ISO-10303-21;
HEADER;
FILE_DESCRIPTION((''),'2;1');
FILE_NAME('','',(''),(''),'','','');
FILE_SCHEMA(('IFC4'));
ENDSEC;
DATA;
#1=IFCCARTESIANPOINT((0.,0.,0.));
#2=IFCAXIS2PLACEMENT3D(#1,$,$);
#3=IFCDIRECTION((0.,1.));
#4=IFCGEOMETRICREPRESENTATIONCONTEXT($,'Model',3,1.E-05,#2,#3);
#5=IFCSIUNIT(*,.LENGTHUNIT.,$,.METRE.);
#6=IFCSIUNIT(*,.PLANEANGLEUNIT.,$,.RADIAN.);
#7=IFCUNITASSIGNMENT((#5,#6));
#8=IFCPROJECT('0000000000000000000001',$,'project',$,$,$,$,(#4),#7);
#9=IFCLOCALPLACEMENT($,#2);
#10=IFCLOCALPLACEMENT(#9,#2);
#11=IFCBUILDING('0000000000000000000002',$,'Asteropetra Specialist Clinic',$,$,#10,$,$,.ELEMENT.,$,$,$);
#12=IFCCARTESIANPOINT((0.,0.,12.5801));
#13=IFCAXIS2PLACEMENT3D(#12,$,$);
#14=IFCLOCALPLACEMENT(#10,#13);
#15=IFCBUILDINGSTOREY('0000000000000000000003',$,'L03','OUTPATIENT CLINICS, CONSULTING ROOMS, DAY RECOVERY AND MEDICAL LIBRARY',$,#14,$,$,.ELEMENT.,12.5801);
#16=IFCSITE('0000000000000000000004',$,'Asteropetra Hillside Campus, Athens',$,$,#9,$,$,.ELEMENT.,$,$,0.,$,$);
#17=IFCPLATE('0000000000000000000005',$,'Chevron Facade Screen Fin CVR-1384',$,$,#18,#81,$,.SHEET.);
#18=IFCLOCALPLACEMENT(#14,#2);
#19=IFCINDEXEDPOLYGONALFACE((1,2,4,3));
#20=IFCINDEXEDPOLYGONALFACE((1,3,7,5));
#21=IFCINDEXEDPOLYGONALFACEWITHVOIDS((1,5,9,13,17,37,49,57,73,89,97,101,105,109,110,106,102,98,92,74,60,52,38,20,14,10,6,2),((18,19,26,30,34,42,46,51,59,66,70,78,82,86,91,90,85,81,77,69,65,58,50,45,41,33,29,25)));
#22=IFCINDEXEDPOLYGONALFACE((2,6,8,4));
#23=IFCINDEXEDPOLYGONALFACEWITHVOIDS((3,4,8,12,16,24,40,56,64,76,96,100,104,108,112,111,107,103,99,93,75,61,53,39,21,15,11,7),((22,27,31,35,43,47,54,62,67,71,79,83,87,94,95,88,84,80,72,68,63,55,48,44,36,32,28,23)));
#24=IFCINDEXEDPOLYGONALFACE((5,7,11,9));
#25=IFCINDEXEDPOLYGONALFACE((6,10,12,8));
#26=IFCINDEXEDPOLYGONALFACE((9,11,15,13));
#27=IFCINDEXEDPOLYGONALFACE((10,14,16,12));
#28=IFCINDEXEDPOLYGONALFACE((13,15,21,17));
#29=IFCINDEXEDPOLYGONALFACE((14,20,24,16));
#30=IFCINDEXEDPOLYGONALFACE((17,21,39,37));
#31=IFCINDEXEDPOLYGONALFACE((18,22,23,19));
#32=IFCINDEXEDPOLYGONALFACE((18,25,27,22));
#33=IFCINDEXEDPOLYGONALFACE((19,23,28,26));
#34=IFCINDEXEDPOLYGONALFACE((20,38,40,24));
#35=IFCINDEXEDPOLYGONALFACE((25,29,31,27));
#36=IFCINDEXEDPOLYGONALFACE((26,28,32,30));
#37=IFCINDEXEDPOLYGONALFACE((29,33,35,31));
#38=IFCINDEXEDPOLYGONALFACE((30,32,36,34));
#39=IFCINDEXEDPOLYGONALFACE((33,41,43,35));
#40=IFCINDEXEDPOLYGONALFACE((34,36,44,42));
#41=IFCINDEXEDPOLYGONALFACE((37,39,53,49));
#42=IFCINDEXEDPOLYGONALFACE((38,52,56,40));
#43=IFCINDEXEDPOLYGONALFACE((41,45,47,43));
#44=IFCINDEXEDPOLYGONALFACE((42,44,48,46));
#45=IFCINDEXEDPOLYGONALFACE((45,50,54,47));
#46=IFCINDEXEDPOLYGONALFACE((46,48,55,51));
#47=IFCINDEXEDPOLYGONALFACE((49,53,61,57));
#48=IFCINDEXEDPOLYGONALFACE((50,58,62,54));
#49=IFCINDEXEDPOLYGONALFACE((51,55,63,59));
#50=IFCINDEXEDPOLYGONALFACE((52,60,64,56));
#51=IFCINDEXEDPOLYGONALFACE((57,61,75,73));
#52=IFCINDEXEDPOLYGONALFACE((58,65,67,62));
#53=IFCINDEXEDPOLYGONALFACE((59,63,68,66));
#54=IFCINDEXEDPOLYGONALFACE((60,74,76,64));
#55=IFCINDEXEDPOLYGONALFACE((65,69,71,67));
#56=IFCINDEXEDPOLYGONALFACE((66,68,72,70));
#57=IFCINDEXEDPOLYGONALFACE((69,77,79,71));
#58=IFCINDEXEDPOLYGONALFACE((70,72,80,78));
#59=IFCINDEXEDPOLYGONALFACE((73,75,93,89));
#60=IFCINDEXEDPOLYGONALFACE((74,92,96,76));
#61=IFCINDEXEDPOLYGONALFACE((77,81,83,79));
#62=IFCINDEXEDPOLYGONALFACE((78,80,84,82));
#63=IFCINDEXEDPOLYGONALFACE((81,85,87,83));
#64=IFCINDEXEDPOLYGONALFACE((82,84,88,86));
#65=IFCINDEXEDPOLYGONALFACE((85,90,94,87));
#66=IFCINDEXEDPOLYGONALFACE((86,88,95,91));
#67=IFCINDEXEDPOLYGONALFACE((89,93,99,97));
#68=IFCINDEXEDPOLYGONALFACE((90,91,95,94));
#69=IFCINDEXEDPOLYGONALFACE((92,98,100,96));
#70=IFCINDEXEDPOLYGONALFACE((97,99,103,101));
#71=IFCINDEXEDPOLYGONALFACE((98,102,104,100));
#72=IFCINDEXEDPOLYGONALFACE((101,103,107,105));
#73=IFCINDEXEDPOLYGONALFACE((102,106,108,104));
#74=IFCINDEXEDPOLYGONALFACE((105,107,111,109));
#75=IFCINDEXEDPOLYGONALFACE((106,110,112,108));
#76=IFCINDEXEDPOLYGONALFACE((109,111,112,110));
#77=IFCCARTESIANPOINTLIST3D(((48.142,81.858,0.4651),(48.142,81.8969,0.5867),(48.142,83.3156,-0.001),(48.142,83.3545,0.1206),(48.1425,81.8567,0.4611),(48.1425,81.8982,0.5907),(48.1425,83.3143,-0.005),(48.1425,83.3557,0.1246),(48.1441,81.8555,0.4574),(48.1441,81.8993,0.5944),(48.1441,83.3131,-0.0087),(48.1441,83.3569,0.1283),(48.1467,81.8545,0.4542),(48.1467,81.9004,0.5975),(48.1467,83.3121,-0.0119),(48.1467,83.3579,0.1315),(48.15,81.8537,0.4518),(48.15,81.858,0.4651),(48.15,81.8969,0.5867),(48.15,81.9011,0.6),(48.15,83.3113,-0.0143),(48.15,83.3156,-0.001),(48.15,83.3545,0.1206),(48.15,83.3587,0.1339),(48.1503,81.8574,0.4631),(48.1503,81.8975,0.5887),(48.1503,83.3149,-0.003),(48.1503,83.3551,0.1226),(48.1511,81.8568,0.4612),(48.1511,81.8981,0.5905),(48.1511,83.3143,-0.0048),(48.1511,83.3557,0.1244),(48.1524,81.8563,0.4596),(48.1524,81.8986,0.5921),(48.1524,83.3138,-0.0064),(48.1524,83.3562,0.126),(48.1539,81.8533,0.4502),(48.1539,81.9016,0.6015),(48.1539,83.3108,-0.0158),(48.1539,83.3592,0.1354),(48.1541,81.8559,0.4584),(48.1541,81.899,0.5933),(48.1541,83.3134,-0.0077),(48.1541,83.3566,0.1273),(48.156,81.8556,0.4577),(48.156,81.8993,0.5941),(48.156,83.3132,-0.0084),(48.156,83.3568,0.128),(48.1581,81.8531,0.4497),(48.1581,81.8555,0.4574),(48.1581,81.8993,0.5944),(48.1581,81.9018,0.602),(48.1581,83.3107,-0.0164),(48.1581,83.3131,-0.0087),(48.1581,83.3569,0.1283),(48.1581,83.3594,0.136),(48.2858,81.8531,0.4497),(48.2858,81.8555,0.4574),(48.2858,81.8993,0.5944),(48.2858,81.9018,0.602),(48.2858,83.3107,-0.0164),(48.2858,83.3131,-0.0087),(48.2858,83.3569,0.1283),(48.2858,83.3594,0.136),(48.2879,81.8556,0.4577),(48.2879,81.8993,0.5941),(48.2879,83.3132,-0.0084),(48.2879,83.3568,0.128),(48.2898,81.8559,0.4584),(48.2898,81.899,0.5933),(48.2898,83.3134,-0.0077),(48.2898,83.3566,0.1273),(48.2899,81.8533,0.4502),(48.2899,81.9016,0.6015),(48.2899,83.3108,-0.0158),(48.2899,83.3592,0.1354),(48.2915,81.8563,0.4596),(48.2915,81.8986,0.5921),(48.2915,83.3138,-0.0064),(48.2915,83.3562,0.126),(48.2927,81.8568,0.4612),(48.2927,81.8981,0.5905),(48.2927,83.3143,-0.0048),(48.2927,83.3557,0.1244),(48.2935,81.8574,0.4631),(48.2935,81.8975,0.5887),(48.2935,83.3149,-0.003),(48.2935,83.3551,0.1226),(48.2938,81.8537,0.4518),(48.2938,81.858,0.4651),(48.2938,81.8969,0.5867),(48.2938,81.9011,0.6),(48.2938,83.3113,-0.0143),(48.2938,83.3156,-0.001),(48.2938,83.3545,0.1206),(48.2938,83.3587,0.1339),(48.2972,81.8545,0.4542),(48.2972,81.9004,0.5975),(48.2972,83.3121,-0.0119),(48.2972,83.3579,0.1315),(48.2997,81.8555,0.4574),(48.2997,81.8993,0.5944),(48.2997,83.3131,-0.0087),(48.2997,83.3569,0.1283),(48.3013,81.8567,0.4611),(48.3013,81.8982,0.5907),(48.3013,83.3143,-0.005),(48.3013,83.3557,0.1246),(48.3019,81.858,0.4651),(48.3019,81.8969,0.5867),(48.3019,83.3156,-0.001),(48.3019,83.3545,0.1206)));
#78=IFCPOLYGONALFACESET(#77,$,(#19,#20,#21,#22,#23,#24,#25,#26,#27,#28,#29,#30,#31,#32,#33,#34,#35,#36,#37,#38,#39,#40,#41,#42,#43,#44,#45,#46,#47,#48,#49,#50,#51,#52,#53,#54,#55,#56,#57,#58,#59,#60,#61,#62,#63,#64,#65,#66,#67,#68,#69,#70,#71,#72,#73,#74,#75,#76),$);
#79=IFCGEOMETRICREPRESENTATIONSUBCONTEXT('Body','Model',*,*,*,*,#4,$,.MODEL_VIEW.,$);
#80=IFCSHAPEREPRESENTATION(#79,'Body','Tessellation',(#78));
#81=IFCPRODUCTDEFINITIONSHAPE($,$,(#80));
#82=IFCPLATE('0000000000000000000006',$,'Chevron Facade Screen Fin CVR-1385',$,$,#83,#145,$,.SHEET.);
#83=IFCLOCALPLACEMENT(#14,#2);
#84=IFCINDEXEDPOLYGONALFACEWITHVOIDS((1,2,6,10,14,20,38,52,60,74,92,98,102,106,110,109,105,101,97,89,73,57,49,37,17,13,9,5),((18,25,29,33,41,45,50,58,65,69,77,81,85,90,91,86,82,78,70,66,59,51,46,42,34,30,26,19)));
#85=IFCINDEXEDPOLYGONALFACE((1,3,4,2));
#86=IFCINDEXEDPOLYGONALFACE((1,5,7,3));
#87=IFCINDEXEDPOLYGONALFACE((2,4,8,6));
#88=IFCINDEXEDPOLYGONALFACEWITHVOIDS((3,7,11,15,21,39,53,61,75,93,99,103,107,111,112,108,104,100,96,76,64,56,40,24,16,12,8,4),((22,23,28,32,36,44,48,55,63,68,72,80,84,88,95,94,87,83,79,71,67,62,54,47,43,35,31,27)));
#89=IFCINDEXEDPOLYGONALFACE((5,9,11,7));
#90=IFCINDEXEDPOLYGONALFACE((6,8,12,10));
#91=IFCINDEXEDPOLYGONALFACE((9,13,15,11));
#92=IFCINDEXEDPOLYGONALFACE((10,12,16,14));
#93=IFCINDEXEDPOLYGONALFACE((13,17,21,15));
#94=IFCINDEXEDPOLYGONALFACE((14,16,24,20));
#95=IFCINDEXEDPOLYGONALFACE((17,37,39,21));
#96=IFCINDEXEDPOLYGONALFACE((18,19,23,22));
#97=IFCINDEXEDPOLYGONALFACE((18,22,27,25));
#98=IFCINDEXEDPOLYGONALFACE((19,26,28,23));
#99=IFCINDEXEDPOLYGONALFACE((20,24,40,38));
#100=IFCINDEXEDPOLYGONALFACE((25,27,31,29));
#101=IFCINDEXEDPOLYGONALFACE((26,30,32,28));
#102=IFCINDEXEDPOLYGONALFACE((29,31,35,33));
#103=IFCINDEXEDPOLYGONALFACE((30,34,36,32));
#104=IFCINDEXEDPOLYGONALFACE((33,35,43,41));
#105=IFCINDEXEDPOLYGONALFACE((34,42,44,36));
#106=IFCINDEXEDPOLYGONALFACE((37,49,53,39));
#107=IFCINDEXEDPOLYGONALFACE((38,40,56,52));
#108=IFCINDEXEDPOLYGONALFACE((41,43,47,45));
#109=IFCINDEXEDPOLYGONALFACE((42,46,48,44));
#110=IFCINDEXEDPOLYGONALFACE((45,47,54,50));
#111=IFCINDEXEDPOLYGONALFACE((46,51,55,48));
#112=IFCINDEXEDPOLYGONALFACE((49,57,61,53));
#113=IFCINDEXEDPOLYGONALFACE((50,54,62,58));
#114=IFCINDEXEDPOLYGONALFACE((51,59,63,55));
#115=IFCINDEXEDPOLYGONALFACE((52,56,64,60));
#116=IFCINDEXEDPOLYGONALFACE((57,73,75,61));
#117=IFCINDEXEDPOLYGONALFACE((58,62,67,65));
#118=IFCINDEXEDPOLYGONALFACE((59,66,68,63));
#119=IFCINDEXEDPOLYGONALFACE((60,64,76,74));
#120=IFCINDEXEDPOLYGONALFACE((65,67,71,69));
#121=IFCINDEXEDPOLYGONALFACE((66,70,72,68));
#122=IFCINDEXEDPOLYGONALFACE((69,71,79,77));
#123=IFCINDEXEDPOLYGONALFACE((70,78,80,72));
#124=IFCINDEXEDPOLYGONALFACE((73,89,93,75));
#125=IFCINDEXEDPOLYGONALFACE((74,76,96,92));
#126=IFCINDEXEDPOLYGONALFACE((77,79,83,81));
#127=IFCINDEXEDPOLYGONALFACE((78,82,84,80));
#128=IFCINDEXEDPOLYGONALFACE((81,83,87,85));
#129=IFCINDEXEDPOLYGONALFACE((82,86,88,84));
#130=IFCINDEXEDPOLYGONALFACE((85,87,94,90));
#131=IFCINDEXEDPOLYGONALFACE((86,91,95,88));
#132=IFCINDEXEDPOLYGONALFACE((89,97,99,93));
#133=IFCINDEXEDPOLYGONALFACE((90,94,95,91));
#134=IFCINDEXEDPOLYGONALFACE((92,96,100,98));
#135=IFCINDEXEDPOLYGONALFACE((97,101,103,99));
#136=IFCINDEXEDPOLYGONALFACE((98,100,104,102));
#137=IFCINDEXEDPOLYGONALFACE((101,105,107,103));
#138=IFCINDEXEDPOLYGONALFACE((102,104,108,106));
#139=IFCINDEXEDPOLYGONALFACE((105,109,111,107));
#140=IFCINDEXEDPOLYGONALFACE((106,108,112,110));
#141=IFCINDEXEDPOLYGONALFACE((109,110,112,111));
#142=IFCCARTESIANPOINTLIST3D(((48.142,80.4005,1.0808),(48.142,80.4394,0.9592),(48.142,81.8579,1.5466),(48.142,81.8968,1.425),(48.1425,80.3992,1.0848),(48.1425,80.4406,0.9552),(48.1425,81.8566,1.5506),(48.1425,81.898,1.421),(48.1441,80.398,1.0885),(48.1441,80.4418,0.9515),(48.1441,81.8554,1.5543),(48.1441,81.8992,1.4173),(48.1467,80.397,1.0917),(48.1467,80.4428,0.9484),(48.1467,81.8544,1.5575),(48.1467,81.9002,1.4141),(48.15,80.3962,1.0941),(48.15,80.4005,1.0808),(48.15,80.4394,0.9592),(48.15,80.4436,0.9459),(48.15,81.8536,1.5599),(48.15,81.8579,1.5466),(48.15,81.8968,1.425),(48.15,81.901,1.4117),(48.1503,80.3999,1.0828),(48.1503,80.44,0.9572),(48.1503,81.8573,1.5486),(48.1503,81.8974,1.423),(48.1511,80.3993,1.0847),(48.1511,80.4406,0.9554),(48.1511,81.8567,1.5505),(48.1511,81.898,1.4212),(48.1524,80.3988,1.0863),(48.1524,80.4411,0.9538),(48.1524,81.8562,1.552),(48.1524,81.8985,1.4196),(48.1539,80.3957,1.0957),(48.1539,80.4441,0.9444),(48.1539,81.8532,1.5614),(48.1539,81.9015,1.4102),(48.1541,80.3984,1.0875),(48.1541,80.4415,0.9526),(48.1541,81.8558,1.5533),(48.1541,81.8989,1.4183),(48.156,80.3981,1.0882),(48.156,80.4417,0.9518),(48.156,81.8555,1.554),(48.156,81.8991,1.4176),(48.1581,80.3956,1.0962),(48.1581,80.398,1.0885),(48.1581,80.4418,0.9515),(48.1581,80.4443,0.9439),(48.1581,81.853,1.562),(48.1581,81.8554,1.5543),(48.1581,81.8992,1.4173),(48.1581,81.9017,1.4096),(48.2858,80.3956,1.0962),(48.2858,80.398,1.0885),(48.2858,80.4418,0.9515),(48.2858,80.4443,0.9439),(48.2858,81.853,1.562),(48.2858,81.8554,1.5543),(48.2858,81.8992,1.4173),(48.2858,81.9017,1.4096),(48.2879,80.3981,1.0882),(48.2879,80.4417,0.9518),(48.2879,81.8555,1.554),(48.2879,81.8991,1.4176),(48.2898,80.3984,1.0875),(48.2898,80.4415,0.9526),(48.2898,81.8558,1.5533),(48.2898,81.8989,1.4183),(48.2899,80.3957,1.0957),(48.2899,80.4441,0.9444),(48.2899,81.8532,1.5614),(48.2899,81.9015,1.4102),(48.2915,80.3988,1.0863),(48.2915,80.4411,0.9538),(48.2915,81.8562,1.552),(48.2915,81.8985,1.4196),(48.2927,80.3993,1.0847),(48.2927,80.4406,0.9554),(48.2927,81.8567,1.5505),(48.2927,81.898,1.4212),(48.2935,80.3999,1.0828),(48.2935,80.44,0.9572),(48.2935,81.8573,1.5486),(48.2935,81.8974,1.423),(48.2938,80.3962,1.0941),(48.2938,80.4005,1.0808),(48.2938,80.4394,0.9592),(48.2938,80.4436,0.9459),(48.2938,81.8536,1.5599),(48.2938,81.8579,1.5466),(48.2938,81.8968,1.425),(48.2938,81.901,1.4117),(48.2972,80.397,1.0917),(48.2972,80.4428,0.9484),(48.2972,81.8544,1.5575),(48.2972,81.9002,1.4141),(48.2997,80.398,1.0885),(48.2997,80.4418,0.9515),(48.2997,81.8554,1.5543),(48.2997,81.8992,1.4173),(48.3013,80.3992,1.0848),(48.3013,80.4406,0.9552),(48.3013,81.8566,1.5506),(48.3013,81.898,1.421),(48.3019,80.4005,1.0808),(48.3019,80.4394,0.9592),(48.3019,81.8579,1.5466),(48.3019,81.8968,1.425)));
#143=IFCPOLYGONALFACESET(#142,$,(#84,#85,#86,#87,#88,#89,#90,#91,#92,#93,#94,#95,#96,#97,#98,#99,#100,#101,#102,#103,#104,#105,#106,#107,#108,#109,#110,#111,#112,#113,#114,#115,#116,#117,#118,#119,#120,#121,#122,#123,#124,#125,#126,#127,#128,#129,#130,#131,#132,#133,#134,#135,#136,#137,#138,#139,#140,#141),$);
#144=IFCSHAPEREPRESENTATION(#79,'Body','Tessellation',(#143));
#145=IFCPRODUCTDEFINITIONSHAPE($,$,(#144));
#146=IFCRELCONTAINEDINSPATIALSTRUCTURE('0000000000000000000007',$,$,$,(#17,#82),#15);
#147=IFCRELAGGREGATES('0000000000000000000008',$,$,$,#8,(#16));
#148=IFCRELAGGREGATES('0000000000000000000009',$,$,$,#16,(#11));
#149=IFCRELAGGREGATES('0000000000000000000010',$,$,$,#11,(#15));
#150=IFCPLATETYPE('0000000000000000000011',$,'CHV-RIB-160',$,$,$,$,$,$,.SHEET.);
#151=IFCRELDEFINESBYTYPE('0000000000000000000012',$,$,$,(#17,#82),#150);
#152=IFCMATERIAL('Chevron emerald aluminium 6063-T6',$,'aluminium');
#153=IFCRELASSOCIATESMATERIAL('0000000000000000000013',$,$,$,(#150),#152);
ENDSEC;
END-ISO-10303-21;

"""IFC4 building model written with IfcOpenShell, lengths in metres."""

from ifc_helpers import new_model, si_unit, direction, frame, origin, origin_2d, place, context, subcontext, project, spatial, hollow_rectangle, extrude, material, material_profile, profile_set, type_object, element, save


model = new_model("IFC4")

# Units and contexts
model_context = context("Model", 3, precision=1e-05, world=origin(), true_north=direction((0.0, 1.0)))
body_context = subcontext(model_context, "Body", "Model", "MODEL_VIEW")
ifc_project = project(units=[si_unit("LENGTHUNIT", "METRE"), si_unit("PLANEANGLEUNIT", "RADIAN")], contexts=[model_context])

# Site, building, storey
site_placement = place(None, origin())
site = spatial("IfcSite", under=ifc_project, at=site_placement, Name="Asteropetra Hillside Campus, Athens", CompositionType="ELEMENT", RefElevation=0.0)
building_placement = place(site_placement, origin())
building = spatial("IfcBuilding", under=site, at=building_placement, Name="Asteropetra Specialist Clinic", CompositionType="ELEMENT")
storey_placement = place(building_placement, frame((0.0, 0.0, 12.5801)))
storey = spatial("IfcBuildingStorey", under=building, at=storey_placement, Name="L03", Description="OUTPATIENT CLINICS, CONSULTING ROOMS, DAY RECOVERY AND MEDICAL LIBRARY", CompositionType="ELEMENT", Elevation=12.5801)

# Plates
ifc_material_1 = material(Name="Chevron emerald aluminium 6063-T6", Category="aluminium")
ifc_material_profile_1 = material_profile(ifc_material_1, hollow_rectangle(XDim=0.1599, YDim=0.1599, WallThickness=0.0081, InnerFilletRadius=0.0081, OuterFilletRadius=0.0161, at=origin_2d()), Name="SHS 160x160x8.0")
ifc_profile_set_1 = profile_set([ifc_material_profile_1], Name="Chevron emerald aluminium 6063-T6")
plate_type_1 = type_object("IfcPlateType", Name="CHV-RIB-160", PredefinedType="SHEET", material=ifc_profile_set_1)
for number, where, z_axis, x_axis, name in (
    (1, (48.2219, 81.8774, 0.5259), (0.0, 0.952489, -0.304573), (-1.0, 0.0, 0.0), "Chevron Facade Screen Fin CVR-1384"),
):
    element("IfcPlate", number, at=place(storey_placement, frame(where, z_axis=z_axis, x_axis=x_axis)), inside=storey, type_object=plate_type_1, Name=name, PredefinedType="SHEET", context=body_context, shape_type="SweptSolid", body=[
        extrude(hollow_rectangle(XDim=0.1599, YDim=0.1599, WallThickness=0.0081, InnerFilletRadius=0.0081, OuterFilletRadius=0.0161, at=origin_2d()), origin(), (0.0, 0.0, 1.0), 1.5303),
    ])
for number, where, z_axis, x_axis, name in (
    (2, (48.2219, 80.4199, 1.02), (0.0, 0.952535, 0.304428), (-1.0, 0.0, 0.0), "Chevron Facade Screen Fin CVR-1385"),
):
    element("IfcPlate", number, at=place(storey_placement, frame(where, z_axis=z_axis, x_axis=x_axis)), inside=storey, type_object=plate_type_1, Name=name, PredefinedType="SHEET", context=body_context, shape_type="SweptSolid", body=[
        extrude(hollow_rectangle(XDim=0.1599, YDim=0.1599, WallThickness=0.0081, InnerFilletRadius=0.0081, OuterFilletRadius=0.0161, at=origin_2d()), origin(), (0.0, 0.0, 1.0), 1.53),
    ])

save(model, "model.ifc")
